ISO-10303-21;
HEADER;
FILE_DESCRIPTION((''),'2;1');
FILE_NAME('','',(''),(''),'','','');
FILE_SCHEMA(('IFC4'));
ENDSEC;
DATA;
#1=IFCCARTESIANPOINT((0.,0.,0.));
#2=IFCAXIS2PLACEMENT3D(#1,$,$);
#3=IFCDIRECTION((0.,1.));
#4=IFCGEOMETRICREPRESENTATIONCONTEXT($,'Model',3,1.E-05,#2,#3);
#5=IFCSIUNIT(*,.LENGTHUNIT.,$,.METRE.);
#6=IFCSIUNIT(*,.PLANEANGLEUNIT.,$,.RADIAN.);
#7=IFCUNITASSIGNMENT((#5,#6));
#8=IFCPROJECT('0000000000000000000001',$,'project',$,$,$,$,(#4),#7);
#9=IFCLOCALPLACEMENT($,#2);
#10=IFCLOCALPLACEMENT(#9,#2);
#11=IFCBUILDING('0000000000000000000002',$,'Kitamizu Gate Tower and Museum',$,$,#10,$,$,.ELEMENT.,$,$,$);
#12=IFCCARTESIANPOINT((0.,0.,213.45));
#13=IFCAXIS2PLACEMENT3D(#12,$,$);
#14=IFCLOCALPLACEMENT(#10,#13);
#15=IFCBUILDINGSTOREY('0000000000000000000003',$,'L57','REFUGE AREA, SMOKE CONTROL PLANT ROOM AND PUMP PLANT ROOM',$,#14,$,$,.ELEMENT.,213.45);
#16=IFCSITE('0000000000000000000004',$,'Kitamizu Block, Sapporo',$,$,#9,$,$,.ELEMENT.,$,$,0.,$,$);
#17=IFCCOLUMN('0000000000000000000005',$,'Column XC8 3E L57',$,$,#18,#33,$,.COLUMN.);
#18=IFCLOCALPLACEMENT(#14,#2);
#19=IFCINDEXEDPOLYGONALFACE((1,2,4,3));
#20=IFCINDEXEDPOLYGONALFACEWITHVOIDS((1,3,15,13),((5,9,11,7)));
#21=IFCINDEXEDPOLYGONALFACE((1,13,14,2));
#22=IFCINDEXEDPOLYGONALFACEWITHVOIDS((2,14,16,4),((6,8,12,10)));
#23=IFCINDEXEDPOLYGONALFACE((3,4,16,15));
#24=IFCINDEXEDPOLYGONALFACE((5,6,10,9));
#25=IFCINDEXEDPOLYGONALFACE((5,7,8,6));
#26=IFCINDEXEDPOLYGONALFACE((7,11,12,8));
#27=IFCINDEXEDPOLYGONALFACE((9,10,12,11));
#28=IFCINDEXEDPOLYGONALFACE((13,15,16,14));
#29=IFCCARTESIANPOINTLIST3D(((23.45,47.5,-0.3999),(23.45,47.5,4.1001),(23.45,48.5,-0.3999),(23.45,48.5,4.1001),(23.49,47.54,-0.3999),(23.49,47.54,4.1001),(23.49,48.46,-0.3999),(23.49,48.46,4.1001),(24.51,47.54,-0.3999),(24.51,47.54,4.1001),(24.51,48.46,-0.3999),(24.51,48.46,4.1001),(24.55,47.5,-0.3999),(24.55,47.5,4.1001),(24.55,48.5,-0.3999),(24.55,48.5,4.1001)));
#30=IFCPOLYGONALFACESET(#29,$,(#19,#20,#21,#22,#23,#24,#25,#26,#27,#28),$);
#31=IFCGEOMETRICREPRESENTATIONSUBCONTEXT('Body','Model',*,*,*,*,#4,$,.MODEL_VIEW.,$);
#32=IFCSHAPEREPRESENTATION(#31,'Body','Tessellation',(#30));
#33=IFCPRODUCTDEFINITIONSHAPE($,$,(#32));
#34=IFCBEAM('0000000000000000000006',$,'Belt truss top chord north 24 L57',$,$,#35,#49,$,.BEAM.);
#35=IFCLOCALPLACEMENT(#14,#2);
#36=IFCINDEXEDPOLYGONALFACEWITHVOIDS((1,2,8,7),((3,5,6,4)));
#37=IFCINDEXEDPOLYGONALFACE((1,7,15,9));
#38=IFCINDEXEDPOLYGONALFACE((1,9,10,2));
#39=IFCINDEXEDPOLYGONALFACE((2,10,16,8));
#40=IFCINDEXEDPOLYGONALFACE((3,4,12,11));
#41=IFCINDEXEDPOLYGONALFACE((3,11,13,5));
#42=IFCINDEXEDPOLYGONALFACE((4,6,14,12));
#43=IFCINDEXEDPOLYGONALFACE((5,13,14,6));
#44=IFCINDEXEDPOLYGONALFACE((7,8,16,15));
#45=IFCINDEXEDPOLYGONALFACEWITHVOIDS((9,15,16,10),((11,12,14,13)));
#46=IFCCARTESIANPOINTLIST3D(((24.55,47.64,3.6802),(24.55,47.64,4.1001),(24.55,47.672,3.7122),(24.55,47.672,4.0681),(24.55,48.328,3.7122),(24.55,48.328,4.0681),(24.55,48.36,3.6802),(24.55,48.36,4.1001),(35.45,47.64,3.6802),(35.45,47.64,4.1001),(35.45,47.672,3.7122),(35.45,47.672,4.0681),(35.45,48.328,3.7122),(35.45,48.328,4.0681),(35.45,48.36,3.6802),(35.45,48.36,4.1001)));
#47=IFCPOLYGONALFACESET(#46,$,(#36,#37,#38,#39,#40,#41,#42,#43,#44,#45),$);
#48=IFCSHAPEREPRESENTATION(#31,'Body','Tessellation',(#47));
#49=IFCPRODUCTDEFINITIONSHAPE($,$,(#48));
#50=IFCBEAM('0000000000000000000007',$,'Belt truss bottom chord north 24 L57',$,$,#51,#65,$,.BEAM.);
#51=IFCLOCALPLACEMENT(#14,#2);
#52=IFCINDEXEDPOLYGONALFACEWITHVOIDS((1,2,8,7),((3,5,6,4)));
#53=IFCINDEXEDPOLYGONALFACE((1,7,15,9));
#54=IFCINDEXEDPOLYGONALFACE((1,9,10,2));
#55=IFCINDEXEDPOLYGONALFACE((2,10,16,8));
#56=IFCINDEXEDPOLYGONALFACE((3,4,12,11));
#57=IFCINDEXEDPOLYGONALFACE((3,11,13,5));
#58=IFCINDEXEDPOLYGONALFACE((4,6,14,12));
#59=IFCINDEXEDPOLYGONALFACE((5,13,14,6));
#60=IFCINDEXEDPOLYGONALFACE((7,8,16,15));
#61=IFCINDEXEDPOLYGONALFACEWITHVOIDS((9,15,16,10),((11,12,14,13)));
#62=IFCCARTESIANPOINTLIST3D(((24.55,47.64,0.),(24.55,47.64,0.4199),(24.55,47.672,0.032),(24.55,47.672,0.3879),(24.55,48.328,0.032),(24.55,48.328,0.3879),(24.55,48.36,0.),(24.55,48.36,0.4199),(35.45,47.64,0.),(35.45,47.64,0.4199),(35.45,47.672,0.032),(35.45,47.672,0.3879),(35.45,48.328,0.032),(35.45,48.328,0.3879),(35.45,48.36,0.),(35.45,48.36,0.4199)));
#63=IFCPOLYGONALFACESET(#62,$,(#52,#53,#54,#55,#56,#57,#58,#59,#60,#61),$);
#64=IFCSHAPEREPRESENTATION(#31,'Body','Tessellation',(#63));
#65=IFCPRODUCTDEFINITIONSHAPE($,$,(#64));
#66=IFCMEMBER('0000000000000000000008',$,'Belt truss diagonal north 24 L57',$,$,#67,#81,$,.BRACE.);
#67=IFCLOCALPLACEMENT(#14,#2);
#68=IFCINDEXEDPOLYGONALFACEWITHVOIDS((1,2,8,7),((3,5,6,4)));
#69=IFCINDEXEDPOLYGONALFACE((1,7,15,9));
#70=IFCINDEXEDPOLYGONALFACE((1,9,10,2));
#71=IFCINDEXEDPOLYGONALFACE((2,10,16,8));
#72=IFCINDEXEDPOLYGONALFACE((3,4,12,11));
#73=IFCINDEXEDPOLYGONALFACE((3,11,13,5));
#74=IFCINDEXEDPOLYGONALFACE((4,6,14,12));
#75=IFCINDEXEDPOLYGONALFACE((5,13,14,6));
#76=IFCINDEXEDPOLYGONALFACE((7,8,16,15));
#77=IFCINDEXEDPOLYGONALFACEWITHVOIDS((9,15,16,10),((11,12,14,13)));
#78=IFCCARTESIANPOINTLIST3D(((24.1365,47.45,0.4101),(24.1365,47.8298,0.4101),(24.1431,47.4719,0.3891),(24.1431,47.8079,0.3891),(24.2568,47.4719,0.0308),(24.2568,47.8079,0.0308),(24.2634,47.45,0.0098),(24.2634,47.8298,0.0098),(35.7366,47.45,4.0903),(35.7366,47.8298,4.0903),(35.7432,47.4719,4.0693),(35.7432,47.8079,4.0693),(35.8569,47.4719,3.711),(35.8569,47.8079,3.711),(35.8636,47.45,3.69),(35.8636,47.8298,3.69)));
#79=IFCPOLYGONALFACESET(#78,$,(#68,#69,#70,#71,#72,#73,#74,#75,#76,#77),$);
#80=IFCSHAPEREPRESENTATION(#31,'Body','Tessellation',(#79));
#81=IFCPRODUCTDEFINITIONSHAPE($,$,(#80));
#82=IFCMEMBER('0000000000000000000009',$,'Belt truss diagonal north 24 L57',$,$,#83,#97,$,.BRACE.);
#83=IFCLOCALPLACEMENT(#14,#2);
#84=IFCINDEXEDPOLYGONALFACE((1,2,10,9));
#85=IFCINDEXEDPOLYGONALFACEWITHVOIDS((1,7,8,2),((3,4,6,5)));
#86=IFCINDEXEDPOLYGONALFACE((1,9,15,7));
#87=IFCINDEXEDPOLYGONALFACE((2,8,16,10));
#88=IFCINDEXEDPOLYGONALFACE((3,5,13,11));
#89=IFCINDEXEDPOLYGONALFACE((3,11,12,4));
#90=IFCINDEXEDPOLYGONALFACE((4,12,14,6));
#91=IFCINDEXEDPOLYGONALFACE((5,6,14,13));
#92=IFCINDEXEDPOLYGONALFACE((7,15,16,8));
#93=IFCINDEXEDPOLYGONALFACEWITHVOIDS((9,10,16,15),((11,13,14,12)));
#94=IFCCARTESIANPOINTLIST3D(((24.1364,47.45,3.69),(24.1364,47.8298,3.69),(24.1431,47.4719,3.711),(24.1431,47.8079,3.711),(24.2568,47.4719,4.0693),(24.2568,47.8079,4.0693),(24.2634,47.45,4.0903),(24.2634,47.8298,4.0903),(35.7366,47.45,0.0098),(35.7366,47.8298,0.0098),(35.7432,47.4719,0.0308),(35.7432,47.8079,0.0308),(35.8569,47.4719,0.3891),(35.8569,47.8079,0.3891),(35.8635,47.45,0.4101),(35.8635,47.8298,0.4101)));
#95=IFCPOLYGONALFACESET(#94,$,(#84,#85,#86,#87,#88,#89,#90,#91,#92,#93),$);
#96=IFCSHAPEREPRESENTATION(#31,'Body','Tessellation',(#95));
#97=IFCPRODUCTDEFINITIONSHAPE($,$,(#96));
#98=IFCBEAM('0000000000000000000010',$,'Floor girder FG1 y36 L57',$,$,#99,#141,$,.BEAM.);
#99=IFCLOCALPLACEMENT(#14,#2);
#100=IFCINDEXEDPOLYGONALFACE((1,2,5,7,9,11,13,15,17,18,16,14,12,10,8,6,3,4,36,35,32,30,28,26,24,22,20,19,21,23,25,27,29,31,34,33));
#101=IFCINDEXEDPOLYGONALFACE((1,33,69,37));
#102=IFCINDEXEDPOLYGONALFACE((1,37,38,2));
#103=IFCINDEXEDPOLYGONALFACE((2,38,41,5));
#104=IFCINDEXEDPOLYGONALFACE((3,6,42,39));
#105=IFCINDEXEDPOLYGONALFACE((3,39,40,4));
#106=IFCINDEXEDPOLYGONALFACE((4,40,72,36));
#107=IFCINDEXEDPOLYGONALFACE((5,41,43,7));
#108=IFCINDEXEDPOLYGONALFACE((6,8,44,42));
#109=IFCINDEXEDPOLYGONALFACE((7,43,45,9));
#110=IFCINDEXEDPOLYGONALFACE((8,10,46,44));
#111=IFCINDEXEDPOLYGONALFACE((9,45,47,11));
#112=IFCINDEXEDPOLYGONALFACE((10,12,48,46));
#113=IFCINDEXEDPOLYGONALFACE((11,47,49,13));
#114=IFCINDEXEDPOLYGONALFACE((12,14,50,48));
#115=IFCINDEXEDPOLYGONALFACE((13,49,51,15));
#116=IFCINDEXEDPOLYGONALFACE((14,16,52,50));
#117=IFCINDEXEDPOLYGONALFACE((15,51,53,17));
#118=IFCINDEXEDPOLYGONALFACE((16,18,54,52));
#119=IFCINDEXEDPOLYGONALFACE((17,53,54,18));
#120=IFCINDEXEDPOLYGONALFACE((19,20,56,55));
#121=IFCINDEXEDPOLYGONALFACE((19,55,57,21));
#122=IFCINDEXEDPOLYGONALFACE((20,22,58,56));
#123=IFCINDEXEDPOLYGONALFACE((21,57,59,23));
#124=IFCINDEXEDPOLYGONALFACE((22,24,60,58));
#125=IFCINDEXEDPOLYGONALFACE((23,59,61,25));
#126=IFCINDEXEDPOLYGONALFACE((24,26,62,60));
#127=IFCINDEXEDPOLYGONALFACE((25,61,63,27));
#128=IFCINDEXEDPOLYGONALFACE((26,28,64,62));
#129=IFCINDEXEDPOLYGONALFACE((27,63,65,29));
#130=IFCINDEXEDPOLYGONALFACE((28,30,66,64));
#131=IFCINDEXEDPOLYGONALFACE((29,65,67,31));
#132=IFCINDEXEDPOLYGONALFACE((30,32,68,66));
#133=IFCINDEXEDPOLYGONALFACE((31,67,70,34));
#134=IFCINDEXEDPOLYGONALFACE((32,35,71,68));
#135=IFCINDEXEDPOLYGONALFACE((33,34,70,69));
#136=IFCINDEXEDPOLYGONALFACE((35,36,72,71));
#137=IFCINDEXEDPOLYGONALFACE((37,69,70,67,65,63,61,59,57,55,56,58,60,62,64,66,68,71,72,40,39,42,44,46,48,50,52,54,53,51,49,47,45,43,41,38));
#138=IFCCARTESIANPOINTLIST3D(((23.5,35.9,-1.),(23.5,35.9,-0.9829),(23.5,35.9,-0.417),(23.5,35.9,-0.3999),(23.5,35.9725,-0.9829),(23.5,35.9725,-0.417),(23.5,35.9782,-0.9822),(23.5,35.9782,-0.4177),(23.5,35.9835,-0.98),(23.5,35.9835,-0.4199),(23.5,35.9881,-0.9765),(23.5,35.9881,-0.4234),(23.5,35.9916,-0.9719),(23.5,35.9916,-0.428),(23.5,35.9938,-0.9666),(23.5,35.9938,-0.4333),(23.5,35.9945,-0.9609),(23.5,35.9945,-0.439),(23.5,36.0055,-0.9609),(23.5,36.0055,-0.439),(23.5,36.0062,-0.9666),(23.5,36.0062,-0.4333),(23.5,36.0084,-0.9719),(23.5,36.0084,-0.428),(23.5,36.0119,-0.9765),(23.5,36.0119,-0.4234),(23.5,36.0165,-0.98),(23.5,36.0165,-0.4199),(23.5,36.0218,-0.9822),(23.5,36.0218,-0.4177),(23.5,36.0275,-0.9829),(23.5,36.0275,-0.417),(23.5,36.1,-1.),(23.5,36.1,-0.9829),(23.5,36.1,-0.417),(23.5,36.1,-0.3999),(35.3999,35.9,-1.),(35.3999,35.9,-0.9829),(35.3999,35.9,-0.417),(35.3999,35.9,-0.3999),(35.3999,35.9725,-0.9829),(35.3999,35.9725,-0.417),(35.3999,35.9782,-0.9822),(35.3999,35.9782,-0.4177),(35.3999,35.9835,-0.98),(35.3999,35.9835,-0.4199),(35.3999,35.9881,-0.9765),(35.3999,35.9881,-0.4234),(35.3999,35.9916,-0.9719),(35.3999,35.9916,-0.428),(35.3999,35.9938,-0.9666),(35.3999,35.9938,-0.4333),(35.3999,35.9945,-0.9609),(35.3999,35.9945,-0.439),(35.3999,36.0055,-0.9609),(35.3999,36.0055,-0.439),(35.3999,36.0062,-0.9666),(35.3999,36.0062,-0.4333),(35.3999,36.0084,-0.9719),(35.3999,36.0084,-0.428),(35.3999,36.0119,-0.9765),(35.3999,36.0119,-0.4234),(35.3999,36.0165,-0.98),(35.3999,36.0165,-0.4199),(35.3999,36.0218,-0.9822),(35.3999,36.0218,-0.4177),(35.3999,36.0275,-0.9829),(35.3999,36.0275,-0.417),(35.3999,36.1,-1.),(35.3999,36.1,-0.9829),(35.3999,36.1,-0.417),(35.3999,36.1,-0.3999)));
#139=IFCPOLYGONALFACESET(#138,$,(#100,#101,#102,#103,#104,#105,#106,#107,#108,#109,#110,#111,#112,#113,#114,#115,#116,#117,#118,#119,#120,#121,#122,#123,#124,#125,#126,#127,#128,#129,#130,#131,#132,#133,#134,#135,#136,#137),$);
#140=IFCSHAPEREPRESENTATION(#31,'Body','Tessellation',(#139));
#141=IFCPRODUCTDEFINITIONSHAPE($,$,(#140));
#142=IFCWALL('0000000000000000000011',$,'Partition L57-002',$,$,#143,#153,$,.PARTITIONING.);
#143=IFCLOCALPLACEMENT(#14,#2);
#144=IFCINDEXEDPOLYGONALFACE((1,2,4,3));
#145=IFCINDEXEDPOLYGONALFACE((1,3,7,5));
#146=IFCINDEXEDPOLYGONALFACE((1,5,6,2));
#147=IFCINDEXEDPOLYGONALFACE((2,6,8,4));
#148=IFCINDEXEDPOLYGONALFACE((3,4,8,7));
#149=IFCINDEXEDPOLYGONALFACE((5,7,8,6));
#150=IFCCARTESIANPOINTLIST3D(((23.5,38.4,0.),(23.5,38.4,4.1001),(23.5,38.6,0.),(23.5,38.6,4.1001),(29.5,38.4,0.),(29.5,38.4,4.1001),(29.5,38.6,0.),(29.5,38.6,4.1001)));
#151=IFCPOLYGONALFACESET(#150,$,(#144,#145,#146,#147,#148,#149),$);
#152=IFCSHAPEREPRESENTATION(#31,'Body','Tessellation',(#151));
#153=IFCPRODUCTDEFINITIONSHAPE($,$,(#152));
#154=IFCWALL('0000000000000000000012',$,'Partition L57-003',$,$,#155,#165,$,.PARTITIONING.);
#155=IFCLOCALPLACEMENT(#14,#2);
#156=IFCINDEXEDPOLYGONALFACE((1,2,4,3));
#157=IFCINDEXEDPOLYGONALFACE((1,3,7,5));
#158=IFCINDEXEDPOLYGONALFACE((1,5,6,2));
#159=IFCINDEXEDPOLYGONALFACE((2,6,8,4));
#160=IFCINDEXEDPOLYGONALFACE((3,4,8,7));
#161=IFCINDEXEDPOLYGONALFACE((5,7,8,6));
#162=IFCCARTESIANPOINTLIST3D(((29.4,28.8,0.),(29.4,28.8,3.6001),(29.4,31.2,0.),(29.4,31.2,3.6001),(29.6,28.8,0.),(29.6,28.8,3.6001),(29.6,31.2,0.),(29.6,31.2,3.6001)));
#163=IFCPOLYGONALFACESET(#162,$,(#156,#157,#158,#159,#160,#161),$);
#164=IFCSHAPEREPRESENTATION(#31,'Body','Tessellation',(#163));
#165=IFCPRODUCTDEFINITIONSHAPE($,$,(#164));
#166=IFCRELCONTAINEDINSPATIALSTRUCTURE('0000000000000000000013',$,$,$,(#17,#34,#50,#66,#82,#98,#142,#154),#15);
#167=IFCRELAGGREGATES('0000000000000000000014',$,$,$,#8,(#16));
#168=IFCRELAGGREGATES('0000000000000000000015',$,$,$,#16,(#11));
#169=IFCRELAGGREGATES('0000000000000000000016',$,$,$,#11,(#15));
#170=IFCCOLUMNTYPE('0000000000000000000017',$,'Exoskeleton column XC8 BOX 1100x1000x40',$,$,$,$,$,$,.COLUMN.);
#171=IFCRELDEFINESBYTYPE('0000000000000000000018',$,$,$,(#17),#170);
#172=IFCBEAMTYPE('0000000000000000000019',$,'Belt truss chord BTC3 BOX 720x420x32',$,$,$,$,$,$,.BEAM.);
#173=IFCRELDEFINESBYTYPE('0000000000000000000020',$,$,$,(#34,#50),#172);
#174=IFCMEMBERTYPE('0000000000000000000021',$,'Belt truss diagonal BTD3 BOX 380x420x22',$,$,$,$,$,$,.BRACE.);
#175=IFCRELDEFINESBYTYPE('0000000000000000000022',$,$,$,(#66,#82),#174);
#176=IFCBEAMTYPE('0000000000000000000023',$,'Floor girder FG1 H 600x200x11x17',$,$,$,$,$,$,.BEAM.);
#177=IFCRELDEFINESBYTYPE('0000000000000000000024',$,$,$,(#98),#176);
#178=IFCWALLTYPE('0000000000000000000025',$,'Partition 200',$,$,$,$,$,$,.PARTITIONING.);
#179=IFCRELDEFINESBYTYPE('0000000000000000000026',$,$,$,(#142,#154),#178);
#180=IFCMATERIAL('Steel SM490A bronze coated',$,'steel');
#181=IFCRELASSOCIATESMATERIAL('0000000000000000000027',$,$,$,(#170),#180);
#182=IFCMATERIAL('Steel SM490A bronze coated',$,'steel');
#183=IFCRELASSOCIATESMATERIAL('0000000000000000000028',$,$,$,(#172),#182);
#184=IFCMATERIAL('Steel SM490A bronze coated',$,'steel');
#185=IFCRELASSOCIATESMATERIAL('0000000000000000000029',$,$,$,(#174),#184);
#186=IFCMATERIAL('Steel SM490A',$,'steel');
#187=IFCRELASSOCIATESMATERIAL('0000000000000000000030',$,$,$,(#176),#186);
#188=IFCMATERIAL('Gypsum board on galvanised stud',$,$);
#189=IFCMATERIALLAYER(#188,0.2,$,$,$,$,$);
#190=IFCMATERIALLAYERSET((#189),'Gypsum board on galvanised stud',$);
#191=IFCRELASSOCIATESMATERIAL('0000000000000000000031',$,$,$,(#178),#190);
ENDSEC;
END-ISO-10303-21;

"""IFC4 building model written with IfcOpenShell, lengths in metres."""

from ifc_helpers import new_model, si_unit, direction, frame, frame_2d, origin, origin_2d, place, context, subcontext, project, spatial, rectangle, hollow_rectangle, i_section, extrude, material, layer, layer_set, material_profile, profile_set, type_object, element, save


model = new_model("IFC4")

# Units and contexts
model_context = context("Model", 3, precision=1e-05, world=origin(), true_north=direction((0.0, 1.0)))
body_context = subcontext(model_context, "Body", "Model", "MODEL_VIEW")
ifc_project = project(units=[si_unit("LENGTHUNIT", "METRE"), si_unit("PLANEANGLEUNIT", "RADIAN")], contexts=[model_context])

# Site, building, storey
site_placement = place(None, origin())
site = spatial("IfcSite", under=ifc_project, at=site_placement, Name="Kitamizu Block, Sapporo", CompositionType="ELEMENT", RefElevation=0.0)
building_placement = place(site_placement, origin())
building = spatial("IfcBuilding", under=site, at=building_placement, Name="Kitamizu Gate Tower and Museum", CompositionType="ELEMENT")
storey_placement = place(building_placement, frame((0.0, 0.0, 213.45)))
storey = spatial("IfcBuildingStorey", under=building, at=storey_placement, Name="L57", Description="REFUGE AREA, SMOKE CONTROL PLANT ROOM AND PUMP PLANT ROOM", CompositionType="ELEMENT", Elevation=213.45)

# Column
ifc_material_1 = material(Name="Steel SM490A bronze coated", Category="steel")
ifc_material_profile_1 = material_profile(ifc_material_1, hollow_rectangle(XDim=1.1001, YDim=1.0, WallThickness=0.04, at=origin_2d()), Name="BOX 1100x1000x40")
ifc_profile_set_1 = profile_set([ifc_material_profile_1], Name="Steel SM490A bronze coated")
column_type = type_object("IfcColumnType", Name="Exoskeleton column XC8 BOX 1100x1000x40", PredefinedType="COLUMN", material=ifc_profile_set_1)
column_placement = place(storey_placement, frame((24.0, 48.0, -0.3999), z_axis=(0.0, 0.0, 1.0), x_axis=(1.0, 0.0, 0.0)))
element("IfcColumn", 1, at=column_placement, inside=storey, type_object=column_type, Name="Column XC8 3E L57", PredefinedType="COLUMN", context=body_context, shape_type="SweptSolid", body=[
    extrude(hollow_rectangle(XDim=1.1001, YDim=1.0, WallThickness=0.04, at=origin_2d()), origin(), (0.0, 0.0, 1.0), 4.5),
])

# Beams
ifc_material_2 = material(Name="Steel SM490A bronze coated", Category="steel")
ifc_material_profile_2 = material_profile(ifc_material_2, hollow_rectangle(XDim=0.72, YDim=0.4199, WallThickness=0.032, at=origin_2d()), Name="BOX 720x420x32")
ifc_profile_set_2 = profile_set([ifc_material_profile_2], Name="Steel SM490A bronze coated")
beam_type_1 = type_object("IfcBeamType", Name="Belt truss chord BTC3 BOX 720x420x32", PredefinedType="BEAM", material=ifc_profile_set_2)
for number, where, z_axis, x_axis, name in (
    (2, (24.55, 48.0, 3.8901), (1.0, 0.0, 0.0), (0.0, 1.0, 0.0), "Belt truss top chord north 24 L57"),
    (3, (24.55, 48.0, 0.21), (1.0, 0.0, 0.0), (0.0, 1.0, 0.0), "Belt truss bottom chord north 24 L57"),
):
    element("IfcBeam", number, at=place(storey_placement, frame(where, z_axis=z_axis, x_axis=x_axis)), inside=storey, type_object=beam_type_1, Name=name, PredefinedType="BEAM", context=body_context, shape_type="SweptSolid", body=[
        extrude(hollow_rectangle(XDim=0.72, YDim=0.4199, WallThickness=0.032, at=origin_2d()), origin(), (0.0, 0.0, 1.0), 10.8999),
    ])

# Members
ifc_material_3 = material(Name="Steel SM490A bronze coated", Category="steel")
ifc_material_profile_3 = material_profile(ifc_material_3, hollow_rectangle(XDim=0.3799, YDim=0.4199, WallThickness=0.022, at=origin_2d()), Name="BOX 380x420x22")
ifc_profile_set_3 = profile_set([ifc_material_profile_3], Name="Steel SM490A bronze coated")
member_type = type_object("IfcMemberType", Name="Belt truss diagonal BTD3 BOX 380x420x22", PredefinedType="BRACE", material=ifc_profile_set_3)
for number, where, z_axis, x_axis, name in (
    (4, (24.2, 47.6399, 0.21), (0.953181, 0.0, 0.3024), (0.0, 1.0, 0.0), "Belt truss diagonal north 24 L57"),
    (5, (35.8, 47.6399, 0.21), (-0.953181, 0.0, 0.3024), (0.0, -1.0, 0.0), "Belt truss diagonal north 24 L57"),
):
    element("IfcMember", number, at=place(storey_placement, frame(where, z_axis=z_axis, x_axis=x_axis)), inside=storey, type_object=member_type, Name=name, PredefinedType="BRACE", context=body_context, shape_type="SweptSolid", body=[
        extrude(hollow_rectangle(XDim=0.3799, YDim=0.4199, WallThickness=0.022, at=origin_2d()), origin(), (0.0, 0.0, 1.0), 12.1699),
    ])

# Beam
ifc_material_4 = material(Name="Steel SM490A", Category="steel")
ifc_material_profile_4 = material_profile(ifc_material_4, i_section(OverallWidth=0.2, OverallDepth=0.6001, WebThickness=0.011, FlangeThickness=0.0171, FilletRadius=0.022, at=origin_2d()), Name="H-600x200x11x17")
ifc_profile_set_4 = profile_set([ifc_material_profile_4], Name="Steel SM490A")
beam_type_2 = type_object("IfcBeamType", Name="Floor girder FG1 H 600x200x11x17", PredefinedType="BEAM", material=ifc_profile_set_4)
beam_placement = place(storey_placement, frame((23.5, 36.0, -0.7), z_axis=(1.0, 0.0, 0.0), x_axis=(0.0, 1.0, 0.0)))
element("IfcBeam", 6, at=beam_placement, inside=storey, type_object=beam_type_2, Name="Floor girder FG1 y36 L57", PredefinedType="BEAM", context=body_context, shape_type="SweptSolid", body=[
    extrude(i_section(OverallWidth=0.2, OverallDepth=0.6001, WebThickness=0.011, FlangeThickness=0.0171, FilletRadius=0.022, at=origin_2d()), origin(), (0.0, 0.0, 1.0), 11.8999),
])

# Walls
ifc_material_5 = material(Name="Gypsum board on galvanised stud")
ifc_layer_1 = layer(ifc_material_5, 0.2)
ifc_layer_set_1 = layer_set([ifc_layer_1], Name="Gypsum board on galvanised stud")
wall_type_1 = type_object("IfcWallType", Name="Partition 200", PredefinedType="PARTITIONING", material=ifc_layer_set_1)
wall_1_placement = place(storey_placement, frame((23.5, 38.5, 0.0), z_axis=(0.0, 0.0, 1.0), x_axis=(1.0, 0.0, 0.0)))
element("IfcWall", 7, at=wall_1_placement, inside=storey, type_object=wall_type_1, Name="Partition L57-002", PredefinedType="PARTITIONING", context=body_context, shape_type="SweptSolid", body=[
    extrude(rectangle(XDim=6.0, YDim=0.2, at=frame_2d((3.0, 0.0))), origin(), (0.0, 0.0, 1.0), 4.1001),
])
wall_2_placement = place(storey_placement, frame((29.5, 31.2, 0.0), z_axis=(0.0, 0.0, 1.0), x_axis=(0.0, -1.0, 0.0)))
element("IfcWall", 8, at=wall_2_placement, inside=storey, type_object=wall_type_1, Name="Partition L57-003", PredefinedType="PARTITIONING", context=body_context, shape_type="SweptSolid", body=[
    extrude(rectangle(XDim=2.3999, YDim=0.2, at=frame_2d((1.2, 0.0))), origin(), (0.0, 0.0, 1.0), 3.6001),
])

save(model, "model.ifc")
